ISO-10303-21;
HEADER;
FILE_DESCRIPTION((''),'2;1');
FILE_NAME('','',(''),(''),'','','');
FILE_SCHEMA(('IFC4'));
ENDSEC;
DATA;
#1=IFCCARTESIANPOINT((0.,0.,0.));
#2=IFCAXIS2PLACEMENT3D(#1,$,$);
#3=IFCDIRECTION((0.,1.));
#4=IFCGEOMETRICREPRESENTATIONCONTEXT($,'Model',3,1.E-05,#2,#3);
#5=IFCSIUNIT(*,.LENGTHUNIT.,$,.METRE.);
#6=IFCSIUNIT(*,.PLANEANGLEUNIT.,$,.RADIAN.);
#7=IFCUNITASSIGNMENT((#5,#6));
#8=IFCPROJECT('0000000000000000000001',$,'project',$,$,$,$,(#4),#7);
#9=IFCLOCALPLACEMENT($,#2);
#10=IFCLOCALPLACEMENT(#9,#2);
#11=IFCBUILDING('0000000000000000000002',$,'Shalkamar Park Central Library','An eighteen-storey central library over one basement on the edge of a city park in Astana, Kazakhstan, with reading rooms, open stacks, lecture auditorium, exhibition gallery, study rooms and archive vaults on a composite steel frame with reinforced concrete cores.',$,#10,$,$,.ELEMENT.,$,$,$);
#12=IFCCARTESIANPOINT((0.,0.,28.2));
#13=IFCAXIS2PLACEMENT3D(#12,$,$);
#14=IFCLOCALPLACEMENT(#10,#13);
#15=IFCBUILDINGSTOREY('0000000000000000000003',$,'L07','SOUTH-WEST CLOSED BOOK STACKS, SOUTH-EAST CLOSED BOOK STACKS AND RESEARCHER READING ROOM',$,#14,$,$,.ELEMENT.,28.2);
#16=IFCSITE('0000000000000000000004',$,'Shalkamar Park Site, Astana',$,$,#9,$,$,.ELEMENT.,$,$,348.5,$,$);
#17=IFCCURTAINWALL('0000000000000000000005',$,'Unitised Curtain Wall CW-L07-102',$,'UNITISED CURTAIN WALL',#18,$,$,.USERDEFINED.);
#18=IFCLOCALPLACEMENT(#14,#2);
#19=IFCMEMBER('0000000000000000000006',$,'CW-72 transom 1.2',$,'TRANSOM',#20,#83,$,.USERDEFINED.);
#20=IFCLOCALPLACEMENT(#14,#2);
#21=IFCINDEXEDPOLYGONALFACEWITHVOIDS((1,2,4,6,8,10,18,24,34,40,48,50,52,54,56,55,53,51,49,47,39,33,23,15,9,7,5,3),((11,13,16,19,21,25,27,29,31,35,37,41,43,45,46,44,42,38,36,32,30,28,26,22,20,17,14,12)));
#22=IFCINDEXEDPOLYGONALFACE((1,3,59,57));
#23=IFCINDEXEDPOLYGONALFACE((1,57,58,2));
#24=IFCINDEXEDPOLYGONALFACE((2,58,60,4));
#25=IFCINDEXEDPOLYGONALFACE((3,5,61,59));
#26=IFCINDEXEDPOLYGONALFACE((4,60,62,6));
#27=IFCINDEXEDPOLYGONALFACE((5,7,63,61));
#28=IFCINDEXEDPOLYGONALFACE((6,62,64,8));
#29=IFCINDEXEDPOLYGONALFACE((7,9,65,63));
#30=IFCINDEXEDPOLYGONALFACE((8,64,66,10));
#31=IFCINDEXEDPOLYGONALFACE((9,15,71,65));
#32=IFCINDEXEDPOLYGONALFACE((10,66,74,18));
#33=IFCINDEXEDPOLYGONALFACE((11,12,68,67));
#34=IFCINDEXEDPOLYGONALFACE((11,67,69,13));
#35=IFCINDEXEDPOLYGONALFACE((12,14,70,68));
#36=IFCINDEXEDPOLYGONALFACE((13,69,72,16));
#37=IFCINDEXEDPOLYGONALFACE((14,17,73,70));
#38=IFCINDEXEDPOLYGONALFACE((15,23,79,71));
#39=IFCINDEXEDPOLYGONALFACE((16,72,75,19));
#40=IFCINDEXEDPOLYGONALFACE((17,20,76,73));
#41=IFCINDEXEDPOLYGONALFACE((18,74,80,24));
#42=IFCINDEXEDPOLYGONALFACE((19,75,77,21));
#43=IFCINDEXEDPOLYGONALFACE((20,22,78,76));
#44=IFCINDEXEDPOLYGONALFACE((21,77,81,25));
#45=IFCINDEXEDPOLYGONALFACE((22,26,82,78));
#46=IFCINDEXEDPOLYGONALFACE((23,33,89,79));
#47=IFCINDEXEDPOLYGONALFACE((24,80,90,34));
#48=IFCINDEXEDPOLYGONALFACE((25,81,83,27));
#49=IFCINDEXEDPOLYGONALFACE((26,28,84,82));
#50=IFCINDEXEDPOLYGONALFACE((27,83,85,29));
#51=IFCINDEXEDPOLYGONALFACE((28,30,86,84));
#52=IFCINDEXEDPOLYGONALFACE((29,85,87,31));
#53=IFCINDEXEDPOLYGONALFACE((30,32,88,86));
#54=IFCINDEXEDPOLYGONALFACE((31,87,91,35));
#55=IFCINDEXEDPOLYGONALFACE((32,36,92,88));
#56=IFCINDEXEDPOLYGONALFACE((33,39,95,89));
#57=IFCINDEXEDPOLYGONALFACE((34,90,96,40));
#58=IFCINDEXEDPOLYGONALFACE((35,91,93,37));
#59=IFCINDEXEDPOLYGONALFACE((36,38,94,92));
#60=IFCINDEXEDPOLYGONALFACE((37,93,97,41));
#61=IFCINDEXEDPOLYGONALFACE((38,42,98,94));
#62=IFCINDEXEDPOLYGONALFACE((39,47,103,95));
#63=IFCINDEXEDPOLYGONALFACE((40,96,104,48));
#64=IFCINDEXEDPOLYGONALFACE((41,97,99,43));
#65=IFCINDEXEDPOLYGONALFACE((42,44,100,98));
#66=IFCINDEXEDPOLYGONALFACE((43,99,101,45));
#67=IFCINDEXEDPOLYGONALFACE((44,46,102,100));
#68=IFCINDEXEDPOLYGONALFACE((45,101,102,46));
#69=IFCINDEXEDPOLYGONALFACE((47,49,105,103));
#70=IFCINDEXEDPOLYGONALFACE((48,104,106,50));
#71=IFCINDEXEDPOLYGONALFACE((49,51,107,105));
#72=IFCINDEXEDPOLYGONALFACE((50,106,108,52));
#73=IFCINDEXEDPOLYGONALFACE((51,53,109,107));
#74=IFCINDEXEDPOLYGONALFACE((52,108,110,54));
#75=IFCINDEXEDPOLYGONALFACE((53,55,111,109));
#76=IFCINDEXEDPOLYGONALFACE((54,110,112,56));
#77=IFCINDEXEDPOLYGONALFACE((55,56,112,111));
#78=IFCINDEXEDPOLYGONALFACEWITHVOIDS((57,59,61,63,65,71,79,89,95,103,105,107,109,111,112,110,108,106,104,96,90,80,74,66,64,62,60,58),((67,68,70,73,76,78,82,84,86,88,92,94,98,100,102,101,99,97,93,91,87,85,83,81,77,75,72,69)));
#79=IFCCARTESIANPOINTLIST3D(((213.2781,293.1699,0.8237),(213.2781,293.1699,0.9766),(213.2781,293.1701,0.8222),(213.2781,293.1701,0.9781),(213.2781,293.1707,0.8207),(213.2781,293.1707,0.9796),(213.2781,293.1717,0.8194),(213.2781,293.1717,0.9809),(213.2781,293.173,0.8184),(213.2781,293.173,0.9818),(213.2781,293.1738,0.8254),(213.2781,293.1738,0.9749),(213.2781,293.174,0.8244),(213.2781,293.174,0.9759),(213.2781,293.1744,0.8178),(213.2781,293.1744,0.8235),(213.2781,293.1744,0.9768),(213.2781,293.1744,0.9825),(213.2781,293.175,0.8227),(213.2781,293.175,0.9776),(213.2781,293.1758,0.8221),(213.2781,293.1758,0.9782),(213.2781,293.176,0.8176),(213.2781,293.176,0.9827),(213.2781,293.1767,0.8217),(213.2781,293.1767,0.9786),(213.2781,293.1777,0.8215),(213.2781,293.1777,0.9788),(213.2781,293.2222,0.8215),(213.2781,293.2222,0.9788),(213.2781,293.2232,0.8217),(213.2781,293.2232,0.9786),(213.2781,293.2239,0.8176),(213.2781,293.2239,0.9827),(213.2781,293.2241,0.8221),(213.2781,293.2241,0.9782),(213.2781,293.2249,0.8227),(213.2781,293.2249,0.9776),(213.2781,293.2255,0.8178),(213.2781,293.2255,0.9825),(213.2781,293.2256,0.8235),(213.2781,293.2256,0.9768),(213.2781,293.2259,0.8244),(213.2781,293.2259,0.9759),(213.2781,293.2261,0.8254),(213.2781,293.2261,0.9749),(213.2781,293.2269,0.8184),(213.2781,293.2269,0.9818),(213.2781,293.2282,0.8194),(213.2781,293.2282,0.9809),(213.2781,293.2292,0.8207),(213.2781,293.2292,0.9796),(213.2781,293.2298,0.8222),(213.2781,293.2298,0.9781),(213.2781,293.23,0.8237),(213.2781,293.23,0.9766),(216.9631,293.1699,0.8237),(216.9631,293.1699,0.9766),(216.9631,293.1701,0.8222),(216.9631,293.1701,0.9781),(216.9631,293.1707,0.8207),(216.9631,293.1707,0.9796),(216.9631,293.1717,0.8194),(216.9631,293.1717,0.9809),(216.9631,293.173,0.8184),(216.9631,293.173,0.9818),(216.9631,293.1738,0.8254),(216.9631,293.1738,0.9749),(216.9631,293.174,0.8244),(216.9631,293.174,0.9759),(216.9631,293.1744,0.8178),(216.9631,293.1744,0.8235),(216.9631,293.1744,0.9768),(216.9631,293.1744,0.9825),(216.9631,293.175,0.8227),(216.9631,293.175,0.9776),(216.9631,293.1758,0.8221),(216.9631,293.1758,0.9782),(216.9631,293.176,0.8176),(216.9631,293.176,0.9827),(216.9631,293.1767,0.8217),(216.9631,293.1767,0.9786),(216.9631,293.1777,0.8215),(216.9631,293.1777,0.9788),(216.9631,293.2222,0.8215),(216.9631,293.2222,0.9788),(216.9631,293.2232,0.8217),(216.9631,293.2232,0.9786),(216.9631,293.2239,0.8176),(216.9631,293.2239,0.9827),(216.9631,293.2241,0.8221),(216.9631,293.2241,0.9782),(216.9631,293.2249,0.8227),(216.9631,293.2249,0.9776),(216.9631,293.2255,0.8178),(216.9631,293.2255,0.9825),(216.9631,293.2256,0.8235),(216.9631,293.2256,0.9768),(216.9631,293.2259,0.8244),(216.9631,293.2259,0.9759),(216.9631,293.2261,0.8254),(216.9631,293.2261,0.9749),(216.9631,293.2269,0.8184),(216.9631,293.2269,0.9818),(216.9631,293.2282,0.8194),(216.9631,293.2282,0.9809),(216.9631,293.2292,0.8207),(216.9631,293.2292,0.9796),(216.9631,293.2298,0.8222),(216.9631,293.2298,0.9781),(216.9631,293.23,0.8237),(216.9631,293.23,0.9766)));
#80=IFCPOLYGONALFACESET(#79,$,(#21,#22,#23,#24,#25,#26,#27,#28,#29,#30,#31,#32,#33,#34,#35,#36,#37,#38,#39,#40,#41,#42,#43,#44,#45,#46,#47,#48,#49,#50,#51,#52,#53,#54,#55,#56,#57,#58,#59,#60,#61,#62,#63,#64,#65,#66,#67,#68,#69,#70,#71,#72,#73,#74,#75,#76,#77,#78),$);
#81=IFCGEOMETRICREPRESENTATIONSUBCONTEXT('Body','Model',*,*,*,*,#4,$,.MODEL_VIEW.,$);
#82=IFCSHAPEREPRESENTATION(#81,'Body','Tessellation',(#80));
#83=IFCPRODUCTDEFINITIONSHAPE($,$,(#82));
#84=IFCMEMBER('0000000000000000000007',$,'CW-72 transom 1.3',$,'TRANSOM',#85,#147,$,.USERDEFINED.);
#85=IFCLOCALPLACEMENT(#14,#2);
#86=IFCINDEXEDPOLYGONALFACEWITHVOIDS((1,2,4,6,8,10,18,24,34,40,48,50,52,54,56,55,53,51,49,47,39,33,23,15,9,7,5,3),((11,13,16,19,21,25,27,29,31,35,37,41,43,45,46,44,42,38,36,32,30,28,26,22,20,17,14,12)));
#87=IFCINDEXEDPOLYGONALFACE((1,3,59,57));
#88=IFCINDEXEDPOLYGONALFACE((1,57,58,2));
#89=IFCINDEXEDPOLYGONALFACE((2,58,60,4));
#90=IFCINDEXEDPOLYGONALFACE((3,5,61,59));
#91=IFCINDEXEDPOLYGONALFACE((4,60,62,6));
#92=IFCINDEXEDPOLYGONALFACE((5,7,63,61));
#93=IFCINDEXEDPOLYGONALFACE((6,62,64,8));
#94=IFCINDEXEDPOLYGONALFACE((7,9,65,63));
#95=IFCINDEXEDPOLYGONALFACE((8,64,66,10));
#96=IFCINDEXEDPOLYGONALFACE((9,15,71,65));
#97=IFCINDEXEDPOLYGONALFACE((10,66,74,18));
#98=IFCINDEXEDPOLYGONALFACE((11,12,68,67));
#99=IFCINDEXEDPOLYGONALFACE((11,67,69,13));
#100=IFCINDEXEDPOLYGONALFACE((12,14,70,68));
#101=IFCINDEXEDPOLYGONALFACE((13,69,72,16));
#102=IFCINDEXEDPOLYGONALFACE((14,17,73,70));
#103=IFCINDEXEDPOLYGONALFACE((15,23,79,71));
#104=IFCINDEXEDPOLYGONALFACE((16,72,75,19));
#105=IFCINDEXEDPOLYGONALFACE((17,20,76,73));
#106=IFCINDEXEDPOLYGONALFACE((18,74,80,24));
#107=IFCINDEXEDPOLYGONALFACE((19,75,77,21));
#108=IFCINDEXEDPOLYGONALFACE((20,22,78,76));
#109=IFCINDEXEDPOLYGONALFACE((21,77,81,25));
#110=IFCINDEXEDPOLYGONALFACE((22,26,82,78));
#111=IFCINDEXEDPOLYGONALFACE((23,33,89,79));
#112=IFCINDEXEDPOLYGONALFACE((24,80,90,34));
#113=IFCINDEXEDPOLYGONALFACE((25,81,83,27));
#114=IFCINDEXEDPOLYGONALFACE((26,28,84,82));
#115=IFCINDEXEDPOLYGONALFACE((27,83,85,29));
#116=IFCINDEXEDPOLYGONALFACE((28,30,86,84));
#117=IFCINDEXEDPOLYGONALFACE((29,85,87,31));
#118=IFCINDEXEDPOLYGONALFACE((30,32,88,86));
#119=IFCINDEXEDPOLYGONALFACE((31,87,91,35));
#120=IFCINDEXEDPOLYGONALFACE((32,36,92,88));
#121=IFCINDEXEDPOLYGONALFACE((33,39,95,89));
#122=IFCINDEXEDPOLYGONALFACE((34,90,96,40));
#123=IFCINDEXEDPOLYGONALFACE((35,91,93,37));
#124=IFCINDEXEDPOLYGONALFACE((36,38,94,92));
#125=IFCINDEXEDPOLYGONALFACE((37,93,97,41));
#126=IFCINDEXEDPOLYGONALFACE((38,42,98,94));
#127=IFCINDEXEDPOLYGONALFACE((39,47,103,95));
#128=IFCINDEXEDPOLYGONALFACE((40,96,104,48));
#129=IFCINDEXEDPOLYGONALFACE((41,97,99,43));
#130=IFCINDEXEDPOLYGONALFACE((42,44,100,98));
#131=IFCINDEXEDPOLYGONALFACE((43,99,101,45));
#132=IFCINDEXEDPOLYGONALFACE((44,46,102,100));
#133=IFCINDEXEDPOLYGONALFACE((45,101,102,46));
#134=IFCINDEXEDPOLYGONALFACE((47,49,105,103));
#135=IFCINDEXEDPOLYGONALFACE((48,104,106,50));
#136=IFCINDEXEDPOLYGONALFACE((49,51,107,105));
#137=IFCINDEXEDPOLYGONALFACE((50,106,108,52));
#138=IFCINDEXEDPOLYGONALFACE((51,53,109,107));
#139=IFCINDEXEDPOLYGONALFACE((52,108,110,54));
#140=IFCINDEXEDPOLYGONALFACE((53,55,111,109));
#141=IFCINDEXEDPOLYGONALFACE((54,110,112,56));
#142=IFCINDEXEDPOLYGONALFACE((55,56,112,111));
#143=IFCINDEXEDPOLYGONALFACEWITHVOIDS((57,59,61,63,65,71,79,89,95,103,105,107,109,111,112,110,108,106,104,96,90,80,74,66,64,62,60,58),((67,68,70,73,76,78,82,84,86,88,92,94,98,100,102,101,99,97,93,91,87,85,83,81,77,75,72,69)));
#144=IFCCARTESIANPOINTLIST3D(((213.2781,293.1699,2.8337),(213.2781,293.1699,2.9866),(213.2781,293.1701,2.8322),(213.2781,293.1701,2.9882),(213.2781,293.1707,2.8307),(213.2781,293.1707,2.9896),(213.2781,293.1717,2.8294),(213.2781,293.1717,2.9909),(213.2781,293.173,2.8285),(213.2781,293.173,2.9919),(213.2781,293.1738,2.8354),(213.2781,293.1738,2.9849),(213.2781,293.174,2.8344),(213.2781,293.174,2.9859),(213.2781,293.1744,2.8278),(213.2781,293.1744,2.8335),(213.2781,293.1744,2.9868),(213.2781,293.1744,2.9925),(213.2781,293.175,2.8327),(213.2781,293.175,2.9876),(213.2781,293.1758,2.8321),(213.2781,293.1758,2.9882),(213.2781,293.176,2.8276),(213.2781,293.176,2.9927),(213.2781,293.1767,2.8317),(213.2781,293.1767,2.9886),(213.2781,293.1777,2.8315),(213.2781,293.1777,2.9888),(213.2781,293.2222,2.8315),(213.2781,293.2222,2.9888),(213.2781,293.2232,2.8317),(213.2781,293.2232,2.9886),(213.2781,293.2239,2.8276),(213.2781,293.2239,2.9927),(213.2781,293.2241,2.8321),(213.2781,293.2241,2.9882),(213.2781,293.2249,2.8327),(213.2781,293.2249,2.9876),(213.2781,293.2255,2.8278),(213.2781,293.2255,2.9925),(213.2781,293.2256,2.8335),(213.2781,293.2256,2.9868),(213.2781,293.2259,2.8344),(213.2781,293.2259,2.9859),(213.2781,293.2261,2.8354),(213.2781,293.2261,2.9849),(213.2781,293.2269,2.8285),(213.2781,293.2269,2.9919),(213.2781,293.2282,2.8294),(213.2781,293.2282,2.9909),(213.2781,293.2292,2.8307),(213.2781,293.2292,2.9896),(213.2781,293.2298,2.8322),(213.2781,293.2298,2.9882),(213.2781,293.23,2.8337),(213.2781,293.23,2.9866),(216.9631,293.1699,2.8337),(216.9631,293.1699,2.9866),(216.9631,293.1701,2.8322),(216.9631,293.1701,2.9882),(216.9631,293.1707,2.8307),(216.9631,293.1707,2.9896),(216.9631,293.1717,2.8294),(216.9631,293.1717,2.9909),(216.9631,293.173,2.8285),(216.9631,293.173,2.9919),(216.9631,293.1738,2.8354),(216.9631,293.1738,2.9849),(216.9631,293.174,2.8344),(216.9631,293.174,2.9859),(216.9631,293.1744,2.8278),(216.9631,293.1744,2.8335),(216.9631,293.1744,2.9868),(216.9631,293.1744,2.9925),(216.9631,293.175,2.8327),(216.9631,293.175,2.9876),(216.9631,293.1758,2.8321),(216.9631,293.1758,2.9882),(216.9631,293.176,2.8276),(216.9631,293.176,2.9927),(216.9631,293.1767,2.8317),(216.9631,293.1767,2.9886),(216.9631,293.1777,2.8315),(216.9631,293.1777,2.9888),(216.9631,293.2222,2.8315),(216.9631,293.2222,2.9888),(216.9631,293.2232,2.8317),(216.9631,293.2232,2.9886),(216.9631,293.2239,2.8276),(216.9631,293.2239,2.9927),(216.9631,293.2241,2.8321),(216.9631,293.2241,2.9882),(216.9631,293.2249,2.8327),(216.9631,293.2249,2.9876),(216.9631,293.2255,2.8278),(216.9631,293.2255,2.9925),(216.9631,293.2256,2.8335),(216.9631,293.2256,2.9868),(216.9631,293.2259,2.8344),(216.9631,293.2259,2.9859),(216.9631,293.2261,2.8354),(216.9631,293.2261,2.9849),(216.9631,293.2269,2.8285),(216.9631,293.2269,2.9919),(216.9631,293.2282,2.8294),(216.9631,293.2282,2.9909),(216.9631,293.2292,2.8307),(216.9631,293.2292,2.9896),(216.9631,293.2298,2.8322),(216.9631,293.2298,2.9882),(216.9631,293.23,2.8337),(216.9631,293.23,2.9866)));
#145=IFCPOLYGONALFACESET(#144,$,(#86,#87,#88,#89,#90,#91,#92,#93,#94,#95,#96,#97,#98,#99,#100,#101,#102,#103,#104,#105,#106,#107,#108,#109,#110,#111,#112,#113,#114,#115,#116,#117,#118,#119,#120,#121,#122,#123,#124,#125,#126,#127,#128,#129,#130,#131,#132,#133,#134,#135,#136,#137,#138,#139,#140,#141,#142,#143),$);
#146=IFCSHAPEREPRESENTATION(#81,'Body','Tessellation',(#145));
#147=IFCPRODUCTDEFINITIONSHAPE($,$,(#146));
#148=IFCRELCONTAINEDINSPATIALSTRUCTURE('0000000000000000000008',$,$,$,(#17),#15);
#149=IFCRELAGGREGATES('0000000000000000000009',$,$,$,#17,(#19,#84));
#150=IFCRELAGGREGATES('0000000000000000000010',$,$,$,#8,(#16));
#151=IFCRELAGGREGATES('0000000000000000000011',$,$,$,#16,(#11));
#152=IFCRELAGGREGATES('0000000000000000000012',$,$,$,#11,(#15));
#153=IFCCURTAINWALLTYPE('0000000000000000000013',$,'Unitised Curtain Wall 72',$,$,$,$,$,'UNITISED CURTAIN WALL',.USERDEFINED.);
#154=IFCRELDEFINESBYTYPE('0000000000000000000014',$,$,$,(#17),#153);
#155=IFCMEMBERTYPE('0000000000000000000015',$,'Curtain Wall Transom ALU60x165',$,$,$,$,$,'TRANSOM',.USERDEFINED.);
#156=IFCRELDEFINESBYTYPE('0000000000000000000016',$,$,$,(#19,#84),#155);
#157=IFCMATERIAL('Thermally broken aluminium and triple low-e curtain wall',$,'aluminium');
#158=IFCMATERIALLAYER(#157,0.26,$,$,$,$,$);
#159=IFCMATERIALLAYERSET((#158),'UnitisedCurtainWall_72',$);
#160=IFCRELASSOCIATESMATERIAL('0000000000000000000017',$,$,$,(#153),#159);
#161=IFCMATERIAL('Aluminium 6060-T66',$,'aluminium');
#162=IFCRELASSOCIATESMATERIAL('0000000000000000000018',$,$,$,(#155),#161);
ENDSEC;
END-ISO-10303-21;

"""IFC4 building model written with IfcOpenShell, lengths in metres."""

from ifc_helpers import new_model, si_unit, direction, frame, origin, origin_2d, place, context, subcontext, project, spatial, hollow_rectangle, extrude, material, layer, layer_set, material_profile, profile_set, type_object, element, aggregate, save


model = new_model("IFC4")

# Units and contexts
model_context = context("Model", 3, precision=1e-05, world=origin(), true_north=direction((0.0, 1.0)))
body_context = subcontext(model_context, "Body", "Model", "MODEL_VIEW")
ifc_project = project(units=[si_unit("LENGTHUNIT", "METRE"), si_unit("PLANEANGLEUNIT", "RADIAN")], contexts=[model_context])

# Site, building, storey
site_placement = place(None, origin())
site = spatial("IfcSite", under=ifc_project, at=site_placement, Name="Shalkamar Park Site, Astana", CompositionType="ELEMENT", RefElevation=348.5)
building_placement = place(site_placement, origin())
building = spatial("IfcBuilding", under=site, at=building_placement, Name="Shalkamar Park Central Library", Description="An eighteen-storey central library over one basement on the edge of a city park in Astana, Kazakhstan, with reading rooms, open stacks, lecture auditorium, exhibition gallery, study rooms and archive vaults on a composite steel frame with reinforced concrete cores.", CompositionType="ELEMENT")
storey_placement = place(building_placement, frame((0.0, 0.0, 28.2)))
storey = spatial("IfcBuildingStorey", under=building, at=storey_placement, Name="L07", Description="SOUTH-WEST CLOSED BOOK STACKS, SOUTH-EAST CLOSED BOOK STACKS AND RESEARCHER READING ROOM", CompositionType="ELEMENT", Elevation=28.2)

# Shared definitions
ifc_material_1 = material(Name="Thermally broken aluminium and triple low-e curtain wall", Category="aluminium")
ifc_material_2 = material(Name="Aluminium 6060-T66", Category="aluminium")

# Curtain wall
ifc_layer_1 = layer(ifc_material_1, 0.26)
ifc_layer_set_1 = layer_set([ifc_layer_1], Name="UnitisedCurtainWall_72")
curtain_wall_type_1 = type_object("IfcCurtainWallType", Name="Unitised Curtain Wall 72", ElementType="UNITISED CURTAIN WALL", PredefinedType="USERDEFINED", material=ifc_layer_set_1)
curtain_wall_1_placement = place(storey_placement, origin())
curtain_wall_1 = element("IfcCurtainWall", 1, at=curtain_wall_1_placement, inside=storey, type_object=curtain_wall_type_1, Name="Unitised Curtain Wall CW-L07-102", ObjectType="UNITISED CURTAIN WALL", PredefinedType="USERDEFINED")

# Members
ifc_material_profile_1 = material_profile(ifc_material_2, hollow_rectangle(XDim=0.0601, YDim=0.165, WallThickness=0.0039, InnerFilletRadius=0.0039, OuterFilletRadius=0.0061, at=origin_2d()), Name="ALU 60x165x4")
ifc_profile_set_1 = profile_set([ifc_material_profile_1], Name="Aluminium 6060-T66")
member_type_1 = type_object("IfcMemberType", Name="Curtain Wall Transom ALU60x165", ElementType="TRANSOM", PredefinedType="USERDEFINED", material=ifc_profile_set_1)
member_1_placement = place(storey_placement, frame((213.2781, 293.2, 0.9001), z_axis=(1.0, 0.0, 0.0), x_axis=(0.0, 1.0, 0.0)))
member_1 = element("IfcMember", 2, at=member_1_placement, type_object=member_type_1, Name="CW-72 transom 1.2", ObjectType="TRANSOM", PredefinedType="USERDEFINED", context=body_context, shape_type="SweptSolid", body=[
    extrude(hollow_rectangle(XDim=0.0601, YDim=0.165, WallThickness=0.0039, InnerFilletRadius=0.0039, OuterFilletRadius=0.0061, at=origin_2d()), origin(), (0.0, 0.0, 1.0), 3.6851),
])
member_2_placement = place(storey_placement, frame((213.2781, 293.2, 2.9102), z_axis=(1.0, 0.0, 0.0), x_axis=(0.0, 1.0, 0.0)))
member_2 = element("IfcMember", 3, at=member_2_placement, type_object=member_type_1, Name="CW-72 transom 1.3", ObjectType="TRANSOM", PredefinedType="USERDEFINED", context=body_context, shape_type="SweptSolid", body=[
    extrude(hollow_rectangle(XDim=0.0601, YDim=0.165, WallThickness=0.0039, InnerFilletRadius=0.0039, OuterFilletRadius=0.0061, at=origin_2d()), origin(), (0.0, 0.0, 1.0), 3.6851),
])

aggregate(curtain_wall_1, [member_1, member_2])

save(model, "model.ifc")
